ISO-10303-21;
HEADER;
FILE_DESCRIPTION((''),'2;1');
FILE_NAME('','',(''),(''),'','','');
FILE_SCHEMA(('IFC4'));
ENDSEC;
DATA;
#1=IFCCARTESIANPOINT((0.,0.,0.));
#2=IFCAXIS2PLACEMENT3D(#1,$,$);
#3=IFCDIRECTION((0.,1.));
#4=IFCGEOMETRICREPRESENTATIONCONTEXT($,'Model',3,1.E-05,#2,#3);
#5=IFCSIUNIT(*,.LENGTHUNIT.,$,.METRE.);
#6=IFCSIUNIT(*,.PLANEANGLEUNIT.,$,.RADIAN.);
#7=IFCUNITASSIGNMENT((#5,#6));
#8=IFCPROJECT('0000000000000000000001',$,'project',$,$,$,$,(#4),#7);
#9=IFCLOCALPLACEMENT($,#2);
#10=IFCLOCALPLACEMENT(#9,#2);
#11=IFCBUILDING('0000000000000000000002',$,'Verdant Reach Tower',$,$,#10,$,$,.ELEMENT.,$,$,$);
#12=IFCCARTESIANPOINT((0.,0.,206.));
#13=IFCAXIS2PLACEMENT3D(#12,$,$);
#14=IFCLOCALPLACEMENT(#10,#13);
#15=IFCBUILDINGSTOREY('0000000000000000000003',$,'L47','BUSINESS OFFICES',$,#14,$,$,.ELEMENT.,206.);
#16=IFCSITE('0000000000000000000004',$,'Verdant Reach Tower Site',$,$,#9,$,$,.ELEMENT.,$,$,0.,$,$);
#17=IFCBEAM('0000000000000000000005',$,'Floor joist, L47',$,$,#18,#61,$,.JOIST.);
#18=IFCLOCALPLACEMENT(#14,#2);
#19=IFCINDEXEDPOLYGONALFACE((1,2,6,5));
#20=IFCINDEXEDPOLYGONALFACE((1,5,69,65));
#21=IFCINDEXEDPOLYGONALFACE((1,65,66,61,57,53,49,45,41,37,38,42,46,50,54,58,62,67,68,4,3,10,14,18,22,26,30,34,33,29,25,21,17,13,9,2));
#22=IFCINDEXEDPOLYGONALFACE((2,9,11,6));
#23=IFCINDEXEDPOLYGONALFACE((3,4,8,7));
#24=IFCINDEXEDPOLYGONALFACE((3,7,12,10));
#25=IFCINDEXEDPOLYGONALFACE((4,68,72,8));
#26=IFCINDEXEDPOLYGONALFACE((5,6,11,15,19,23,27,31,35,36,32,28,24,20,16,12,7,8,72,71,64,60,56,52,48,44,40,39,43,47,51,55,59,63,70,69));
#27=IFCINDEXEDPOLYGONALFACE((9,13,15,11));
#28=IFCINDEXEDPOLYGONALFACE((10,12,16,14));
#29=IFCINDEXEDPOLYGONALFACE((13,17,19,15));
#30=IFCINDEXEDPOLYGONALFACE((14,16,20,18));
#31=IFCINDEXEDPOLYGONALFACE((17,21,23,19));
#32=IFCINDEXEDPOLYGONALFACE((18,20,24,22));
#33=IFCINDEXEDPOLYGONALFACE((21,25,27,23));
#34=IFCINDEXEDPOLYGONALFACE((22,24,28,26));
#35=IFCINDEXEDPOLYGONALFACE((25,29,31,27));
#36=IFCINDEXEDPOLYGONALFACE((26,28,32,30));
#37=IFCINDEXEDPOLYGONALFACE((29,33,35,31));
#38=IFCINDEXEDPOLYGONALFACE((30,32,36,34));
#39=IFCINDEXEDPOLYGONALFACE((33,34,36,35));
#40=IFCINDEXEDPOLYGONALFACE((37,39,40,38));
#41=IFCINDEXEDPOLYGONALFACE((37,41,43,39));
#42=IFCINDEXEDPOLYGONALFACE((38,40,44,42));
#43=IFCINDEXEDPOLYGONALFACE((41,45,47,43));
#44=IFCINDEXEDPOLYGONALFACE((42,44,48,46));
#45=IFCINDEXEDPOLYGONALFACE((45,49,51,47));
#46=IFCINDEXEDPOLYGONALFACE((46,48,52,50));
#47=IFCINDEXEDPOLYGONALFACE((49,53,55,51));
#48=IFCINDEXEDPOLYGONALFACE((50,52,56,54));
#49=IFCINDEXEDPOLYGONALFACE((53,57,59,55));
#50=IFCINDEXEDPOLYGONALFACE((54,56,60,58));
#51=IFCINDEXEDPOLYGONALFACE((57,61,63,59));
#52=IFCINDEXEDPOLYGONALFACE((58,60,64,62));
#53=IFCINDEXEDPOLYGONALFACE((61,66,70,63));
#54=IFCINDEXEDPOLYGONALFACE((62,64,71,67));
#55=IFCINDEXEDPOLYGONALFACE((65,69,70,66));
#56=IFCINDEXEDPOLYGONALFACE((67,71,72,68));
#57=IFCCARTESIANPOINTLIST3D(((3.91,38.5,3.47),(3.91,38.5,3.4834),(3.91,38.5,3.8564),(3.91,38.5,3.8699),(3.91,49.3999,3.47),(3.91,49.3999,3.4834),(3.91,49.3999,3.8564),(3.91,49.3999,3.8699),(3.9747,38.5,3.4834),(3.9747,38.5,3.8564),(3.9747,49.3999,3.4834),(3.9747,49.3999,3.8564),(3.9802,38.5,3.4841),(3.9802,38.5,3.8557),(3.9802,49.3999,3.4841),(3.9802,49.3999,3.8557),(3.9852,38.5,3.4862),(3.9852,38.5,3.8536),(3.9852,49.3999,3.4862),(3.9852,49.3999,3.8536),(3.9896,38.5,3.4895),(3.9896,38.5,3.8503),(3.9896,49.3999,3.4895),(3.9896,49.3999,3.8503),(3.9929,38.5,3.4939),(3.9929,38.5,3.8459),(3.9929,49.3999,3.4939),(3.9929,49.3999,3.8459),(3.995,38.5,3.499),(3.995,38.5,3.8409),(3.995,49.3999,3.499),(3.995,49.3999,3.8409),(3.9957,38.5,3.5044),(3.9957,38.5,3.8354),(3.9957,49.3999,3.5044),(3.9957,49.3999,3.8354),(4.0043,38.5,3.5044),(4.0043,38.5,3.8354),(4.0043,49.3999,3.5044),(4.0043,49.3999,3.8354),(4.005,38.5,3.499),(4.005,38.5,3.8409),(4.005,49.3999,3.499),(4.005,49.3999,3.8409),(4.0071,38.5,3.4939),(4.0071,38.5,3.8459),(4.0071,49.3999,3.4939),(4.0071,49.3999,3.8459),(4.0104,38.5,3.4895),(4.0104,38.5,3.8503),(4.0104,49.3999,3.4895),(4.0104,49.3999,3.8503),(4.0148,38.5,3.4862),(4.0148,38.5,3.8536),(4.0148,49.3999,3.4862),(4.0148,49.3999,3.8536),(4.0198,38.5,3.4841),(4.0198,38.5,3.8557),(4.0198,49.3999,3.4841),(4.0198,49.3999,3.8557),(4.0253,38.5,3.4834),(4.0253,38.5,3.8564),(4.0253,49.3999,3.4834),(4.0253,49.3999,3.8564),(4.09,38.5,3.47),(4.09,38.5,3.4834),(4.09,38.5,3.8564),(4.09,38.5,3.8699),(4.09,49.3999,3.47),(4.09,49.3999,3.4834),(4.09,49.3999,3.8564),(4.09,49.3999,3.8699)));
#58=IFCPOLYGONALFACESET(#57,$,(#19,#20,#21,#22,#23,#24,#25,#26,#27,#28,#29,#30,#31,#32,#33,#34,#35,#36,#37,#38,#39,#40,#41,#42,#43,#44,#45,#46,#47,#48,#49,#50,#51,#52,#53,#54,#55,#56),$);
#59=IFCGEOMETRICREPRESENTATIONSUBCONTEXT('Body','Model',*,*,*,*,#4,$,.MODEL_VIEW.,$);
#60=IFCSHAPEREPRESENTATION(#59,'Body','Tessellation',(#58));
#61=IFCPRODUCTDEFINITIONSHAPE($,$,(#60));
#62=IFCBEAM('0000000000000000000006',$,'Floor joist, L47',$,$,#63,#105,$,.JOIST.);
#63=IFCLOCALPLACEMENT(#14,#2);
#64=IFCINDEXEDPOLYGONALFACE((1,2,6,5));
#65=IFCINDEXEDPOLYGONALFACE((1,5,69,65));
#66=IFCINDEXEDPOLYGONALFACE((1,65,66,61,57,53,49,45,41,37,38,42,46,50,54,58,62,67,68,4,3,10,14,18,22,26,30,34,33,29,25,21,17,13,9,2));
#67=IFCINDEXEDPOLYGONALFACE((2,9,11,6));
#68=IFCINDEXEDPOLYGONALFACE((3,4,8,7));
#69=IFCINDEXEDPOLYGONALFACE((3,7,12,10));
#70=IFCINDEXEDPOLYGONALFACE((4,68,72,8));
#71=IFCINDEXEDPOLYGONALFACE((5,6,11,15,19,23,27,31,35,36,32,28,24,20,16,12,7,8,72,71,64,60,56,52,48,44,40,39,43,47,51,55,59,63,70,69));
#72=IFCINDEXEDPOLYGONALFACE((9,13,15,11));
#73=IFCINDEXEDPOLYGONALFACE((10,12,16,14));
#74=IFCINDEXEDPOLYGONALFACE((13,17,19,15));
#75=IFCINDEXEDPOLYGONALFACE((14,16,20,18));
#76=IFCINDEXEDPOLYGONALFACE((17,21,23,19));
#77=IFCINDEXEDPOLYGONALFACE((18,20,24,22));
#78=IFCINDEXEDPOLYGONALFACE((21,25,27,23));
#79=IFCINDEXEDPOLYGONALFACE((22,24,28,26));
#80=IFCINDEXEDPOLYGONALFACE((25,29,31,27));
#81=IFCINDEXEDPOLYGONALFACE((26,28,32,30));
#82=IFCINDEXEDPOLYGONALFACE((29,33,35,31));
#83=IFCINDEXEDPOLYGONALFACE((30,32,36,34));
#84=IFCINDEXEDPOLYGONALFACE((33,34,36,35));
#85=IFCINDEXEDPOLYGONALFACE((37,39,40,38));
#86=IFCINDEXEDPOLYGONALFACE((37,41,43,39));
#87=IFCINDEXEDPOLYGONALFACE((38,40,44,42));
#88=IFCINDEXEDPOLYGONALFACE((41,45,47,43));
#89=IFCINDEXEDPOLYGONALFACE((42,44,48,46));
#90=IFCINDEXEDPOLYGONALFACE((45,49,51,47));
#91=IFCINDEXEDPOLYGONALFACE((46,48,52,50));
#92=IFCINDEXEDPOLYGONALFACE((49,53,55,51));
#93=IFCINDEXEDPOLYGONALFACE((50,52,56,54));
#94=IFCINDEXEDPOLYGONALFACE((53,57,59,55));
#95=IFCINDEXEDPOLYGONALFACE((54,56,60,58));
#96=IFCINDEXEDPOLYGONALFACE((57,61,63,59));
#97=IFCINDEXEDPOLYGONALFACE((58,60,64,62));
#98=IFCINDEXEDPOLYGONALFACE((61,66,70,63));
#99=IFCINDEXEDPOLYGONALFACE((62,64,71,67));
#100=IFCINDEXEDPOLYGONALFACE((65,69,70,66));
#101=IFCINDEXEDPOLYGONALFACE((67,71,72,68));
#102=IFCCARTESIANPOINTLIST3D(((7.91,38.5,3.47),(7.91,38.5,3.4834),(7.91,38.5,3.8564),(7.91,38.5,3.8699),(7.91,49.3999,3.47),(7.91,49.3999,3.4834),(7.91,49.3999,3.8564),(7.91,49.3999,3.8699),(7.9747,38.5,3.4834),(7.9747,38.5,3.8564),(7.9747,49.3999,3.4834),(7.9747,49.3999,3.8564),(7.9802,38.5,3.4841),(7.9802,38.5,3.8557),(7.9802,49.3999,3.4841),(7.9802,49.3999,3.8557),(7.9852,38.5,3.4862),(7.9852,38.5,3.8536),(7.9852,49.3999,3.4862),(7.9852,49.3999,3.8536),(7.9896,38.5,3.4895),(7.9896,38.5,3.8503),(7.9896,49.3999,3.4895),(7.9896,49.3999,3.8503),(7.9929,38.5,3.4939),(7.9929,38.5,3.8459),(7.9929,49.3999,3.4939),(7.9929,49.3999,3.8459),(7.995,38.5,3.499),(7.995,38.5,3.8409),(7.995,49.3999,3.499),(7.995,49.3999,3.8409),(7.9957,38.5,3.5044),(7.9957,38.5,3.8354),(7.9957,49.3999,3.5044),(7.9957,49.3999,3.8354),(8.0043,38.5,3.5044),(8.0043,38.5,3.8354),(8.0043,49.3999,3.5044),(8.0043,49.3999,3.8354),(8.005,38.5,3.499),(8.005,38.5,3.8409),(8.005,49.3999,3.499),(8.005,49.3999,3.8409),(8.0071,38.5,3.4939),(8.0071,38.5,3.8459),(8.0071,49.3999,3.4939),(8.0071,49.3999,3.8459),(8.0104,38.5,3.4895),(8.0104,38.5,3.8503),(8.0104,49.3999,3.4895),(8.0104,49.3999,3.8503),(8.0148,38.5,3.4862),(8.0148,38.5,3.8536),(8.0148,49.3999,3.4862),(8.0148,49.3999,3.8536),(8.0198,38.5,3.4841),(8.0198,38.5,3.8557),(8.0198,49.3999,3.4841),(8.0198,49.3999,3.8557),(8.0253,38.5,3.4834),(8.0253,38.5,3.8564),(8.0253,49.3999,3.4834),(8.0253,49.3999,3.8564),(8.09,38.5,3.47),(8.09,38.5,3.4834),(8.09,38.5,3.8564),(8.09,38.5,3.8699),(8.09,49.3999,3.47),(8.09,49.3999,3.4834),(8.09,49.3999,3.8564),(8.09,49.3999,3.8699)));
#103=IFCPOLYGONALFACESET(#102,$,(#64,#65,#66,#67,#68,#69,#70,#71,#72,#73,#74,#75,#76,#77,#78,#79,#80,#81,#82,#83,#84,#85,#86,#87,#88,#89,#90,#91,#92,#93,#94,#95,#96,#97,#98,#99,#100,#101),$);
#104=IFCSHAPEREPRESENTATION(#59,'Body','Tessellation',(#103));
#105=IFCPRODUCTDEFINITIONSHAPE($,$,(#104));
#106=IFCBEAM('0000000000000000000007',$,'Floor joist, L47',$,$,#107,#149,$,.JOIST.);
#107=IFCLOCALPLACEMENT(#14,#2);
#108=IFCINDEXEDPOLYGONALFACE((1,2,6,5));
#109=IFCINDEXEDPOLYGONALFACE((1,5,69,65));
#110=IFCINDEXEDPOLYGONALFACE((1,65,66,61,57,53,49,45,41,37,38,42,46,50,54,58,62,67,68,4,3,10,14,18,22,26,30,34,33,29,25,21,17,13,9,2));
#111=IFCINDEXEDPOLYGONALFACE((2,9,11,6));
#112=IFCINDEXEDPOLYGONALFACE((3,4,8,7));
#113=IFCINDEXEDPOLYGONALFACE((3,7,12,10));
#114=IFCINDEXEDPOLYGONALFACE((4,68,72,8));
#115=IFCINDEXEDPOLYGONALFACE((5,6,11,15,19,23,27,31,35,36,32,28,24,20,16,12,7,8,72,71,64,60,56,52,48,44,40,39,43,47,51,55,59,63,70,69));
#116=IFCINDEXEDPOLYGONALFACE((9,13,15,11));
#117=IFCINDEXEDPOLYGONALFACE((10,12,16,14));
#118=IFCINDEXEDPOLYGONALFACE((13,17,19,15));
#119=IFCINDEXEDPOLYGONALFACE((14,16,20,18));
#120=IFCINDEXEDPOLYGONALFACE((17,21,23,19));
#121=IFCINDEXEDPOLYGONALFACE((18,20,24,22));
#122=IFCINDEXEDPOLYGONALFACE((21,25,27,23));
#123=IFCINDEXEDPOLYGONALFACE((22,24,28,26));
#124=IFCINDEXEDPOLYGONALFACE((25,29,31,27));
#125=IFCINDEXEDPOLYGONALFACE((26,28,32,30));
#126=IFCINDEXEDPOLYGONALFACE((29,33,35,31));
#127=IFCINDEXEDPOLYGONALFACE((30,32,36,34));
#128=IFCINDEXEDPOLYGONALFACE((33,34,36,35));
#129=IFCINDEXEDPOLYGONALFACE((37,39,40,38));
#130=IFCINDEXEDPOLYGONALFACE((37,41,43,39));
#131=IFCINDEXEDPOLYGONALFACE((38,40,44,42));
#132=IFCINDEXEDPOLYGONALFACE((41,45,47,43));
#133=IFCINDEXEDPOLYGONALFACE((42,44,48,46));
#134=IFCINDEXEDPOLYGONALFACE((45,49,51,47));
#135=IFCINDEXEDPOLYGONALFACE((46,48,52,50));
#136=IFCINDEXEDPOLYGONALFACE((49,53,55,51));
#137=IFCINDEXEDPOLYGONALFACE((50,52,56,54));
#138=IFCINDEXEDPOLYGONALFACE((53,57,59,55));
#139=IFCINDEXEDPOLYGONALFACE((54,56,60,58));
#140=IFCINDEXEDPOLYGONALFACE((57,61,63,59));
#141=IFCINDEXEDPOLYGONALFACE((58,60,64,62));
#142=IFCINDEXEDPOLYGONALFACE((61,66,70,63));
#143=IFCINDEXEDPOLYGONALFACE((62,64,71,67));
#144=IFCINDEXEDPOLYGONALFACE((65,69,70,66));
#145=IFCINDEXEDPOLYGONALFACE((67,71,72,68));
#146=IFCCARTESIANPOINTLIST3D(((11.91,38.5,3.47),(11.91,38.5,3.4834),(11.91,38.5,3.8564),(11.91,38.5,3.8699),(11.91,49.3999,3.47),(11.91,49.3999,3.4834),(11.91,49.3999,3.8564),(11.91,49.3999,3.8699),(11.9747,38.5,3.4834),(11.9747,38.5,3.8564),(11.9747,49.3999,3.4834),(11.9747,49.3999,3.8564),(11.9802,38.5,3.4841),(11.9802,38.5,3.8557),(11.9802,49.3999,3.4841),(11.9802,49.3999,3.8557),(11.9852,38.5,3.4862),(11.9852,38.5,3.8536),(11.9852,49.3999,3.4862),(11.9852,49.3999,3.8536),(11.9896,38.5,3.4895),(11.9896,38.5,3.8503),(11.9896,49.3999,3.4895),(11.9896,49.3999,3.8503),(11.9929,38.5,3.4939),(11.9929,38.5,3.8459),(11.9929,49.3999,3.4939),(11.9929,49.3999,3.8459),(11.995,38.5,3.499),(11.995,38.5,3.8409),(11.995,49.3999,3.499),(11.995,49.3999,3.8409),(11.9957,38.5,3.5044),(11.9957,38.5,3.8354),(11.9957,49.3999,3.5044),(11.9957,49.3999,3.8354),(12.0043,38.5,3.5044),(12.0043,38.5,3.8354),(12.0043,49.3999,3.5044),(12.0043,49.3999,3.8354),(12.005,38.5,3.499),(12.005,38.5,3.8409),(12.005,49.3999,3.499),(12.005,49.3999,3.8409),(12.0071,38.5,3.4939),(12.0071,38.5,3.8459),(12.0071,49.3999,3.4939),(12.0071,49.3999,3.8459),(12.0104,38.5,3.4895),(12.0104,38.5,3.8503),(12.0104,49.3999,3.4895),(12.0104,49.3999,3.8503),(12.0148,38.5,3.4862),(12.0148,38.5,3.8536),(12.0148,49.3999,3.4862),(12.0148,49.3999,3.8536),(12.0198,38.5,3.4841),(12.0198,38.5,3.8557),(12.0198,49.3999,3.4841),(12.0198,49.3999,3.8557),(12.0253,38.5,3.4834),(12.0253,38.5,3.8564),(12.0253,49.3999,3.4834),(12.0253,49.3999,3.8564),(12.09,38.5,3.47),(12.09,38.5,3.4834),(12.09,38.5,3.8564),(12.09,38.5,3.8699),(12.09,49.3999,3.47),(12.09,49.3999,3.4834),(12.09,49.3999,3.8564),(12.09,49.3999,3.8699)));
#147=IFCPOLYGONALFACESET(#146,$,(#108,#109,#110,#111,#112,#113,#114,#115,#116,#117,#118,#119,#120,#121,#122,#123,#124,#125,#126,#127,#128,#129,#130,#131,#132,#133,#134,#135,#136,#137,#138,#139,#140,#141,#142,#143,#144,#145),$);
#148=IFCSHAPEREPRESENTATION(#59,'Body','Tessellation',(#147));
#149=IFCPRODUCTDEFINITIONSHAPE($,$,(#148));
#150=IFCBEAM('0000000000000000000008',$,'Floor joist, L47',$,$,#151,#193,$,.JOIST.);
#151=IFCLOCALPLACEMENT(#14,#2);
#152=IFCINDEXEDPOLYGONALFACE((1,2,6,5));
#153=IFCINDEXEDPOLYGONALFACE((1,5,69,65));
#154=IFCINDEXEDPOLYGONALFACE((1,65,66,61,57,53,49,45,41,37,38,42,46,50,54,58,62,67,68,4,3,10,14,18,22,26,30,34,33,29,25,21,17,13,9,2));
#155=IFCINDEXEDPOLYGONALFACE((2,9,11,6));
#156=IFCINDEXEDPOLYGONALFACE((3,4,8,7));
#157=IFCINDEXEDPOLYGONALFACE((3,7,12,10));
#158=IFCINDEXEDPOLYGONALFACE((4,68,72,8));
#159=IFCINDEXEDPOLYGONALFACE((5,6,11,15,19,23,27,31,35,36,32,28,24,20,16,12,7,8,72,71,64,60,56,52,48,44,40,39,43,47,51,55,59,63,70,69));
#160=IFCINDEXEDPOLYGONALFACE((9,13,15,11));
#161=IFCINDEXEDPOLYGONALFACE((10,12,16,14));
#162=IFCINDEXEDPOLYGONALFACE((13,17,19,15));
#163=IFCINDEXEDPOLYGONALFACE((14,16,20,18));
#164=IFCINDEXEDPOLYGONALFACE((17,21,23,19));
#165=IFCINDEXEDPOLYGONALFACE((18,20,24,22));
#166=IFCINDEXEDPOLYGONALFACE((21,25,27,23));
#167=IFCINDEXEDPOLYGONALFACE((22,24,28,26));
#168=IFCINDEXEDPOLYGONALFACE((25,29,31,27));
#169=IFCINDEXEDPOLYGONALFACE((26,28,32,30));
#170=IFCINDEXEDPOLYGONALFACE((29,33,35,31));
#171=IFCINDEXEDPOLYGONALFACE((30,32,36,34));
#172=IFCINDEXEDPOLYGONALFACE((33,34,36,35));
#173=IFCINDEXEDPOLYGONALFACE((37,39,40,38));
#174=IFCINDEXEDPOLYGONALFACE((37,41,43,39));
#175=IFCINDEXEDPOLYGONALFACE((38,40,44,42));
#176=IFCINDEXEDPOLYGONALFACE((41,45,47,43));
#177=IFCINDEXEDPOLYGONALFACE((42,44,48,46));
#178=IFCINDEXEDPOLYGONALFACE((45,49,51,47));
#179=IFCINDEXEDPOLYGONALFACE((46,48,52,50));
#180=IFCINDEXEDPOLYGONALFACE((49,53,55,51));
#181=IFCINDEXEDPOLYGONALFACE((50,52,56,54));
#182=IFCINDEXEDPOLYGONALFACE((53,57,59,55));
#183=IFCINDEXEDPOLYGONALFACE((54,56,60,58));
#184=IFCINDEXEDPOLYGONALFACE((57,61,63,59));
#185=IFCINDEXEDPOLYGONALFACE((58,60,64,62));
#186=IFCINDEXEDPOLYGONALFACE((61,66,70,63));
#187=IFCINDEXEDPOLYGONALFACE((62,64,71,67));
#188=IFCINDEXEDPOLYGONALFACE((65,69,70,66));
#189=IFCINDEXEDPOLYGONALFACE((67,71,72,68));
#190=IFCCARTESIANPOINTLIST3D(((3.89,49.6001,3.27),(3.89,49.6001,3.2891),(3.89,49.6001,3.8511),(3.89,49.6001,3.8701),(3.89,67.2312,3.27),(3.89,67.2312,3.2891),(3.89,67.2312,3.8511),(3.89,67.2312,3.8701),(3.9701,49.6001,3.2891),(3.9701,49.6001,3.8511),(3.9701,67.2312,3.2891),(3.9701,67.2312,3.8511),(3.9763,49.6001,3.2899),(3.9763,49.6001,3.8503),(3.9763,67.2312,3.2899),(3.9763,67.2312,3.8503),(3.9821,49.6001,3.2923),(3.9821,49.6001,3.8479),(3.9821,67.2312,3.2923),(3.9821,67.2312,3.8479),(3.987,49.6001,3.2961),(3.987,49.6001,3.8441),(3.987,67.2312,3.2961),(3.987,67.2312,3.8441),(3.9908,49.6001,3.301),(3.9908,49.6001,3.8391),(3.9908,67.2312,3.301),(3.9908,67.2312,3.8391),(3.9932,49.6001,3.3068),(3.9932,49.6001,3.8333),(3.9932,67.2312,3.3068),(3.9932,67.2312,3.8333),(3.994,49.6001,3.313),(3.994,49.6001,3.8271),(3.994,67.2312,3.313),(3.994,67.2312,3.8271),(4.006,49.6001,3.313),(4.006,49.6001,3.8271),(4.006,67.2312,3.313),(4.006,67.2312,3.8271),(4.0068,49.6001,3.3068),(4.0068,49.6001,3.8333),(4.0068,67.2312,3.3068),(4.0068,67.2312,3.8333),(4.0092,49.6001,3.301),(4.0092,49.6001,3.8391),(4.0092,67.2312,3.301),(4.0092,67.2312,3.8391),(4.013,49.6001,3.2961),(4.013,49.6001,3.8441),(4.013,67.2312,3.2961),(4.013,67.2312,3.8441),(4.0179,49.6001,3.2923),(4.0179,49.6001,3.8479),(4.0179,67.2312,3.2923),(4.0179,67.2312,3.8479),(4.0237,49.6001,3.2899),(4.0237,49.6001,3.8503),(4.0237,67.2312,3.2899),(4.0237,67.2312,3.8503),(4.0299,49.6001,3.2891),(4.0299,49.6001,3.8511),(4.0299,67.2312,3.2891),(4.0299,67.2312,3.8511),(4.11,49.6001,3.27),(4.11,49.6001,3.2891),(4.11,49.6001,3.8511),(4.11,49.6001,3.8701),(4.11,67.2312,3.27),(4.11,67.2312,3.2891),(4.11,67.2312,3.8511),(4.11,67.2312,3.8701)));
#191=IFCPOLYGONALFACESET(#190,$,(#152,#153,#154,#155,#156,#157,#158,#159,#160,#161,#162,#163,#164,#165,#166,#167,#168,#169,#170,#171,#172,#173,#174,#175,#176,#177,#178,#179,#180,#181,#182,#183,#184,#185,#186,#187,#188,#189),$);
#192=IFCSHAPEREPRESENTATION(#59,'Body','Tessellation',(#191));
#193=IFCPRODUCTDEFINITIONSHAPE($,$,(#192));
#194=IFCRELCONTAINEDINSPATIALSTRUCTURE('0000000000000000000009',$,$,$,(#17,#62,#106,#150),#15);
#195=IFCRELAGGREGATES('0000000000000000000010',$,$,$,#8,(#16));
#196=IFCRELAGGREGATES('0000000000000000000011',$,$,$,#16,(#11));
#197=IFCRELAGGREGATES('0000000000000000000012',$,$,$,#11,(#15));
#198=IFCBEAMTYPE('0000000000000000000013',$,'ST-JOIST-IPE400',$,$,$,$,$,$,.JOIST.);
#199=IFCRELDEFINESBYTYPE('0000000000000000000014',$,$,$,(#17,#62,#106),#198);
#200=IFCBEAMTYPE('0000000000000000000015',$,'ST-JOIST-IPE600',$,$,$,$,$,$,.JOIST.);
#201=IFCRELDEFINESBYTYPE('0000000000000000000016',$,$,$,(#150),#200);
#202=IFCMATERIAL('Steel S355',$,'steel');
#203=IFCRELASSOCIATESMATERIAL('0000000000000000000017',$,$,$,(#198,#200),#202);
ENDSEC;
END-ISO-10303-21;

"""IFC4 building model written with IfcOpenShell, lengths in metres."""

from ifc_helpers import new_model, si_unit, direction, frame, origin, origin_2d, place, context, subcontext, project, spatial, i_section, extrude, material, material_profile, profile_set, type_object, element, save


model = new_model("IFC4")

# Units and contexts
model_context = context("Model", 3, precision=1e-05, world=origin(), true_north=direction((0.0, 1.0)))
body_context = subcontext(model_context, "Body", "Model", "MODEL_VIEW")
ifc_project = project(units=[si_unit("LENGTHUNIT", "METRE"), si_unit("PLANEANGLEUNIT", "RADIAN")], contexts=[model_context])

# Site, building, storey
site_placement = place(None, origin())
site = spatial("IfcSite", under=ifc_project, at=site_placement, Name="Verdant Reach Tower Site", CompositionType="ELEMENT", RefElevation=0.0)
building_placement = place(site_placement, origin())
building = spatial("IfcBuilding", under=site, at=building_placement, Name="Verdant Reach Tower", CompositionType="ELEMENT")
storey_placement = place(building_placement, frame((0.0, 0.0, 206.0)))
storey = spatial("IfcBuildingStorey", under=building, at=storey_placement, Name="L47", Description="BUSINESS OFFICES", CompositionType="ELEMENT", Elevation=206.0)

# Beams
ifc_material_1 = material(Name="Steel S355", Category="steel")
ifc_material_profile_1 = material_profile(ifc_material_1, i_section(OverallWidth=0.1799, OverallDepth=0.3999, WebThickness=0.0085, FlangeThickness=0.0134, FilletRadius=0.021, at=origin_2d()), Name="IPE 400")
ifc_profile_set_1 = profile_set([ifc_material_profile_1], Name="Steel S355")
beam_type_1 = type_object("IfcBeamType", Name="ST-JOIST-IPE400", PredefinedType="JOIST", material=ifc_profile_set_1)
for number, where, z_axis, x_axis, name in (
    (1, (4.0, 38.5, 3.6699), (0.0, 1.0, 0.0), (-1.0, 0.0, 0.0), "Floor joist, L47"),
    (2, (8.0, 38.5, 3.6699), (0.0, 1.0, 0.0), (-1.0, 0.0, 0.0), "Floor joist, L47"),
    (3, (12.0, 38.5, 3.6699), (0.0, 1.0, 0.0), (-1.0, 0.0, 0.0), "Floor joist, L47"),
):
    element("IfcBeam", number, at=place(storey_placement, frame(where, z_axis=z_axis, x_axis=x_axis)), inside=storey, type_object=beam_type_1, Name=name, PredefinedType="JOIST", context=body_context, shape_type="SweptSolid", body=[
        extrude(i_section(OverallWidth=0.1799, OverallDepth=0.3999, WebThickness=0.0085, FlangeThickness=0.0134, FilletRadius=0.021, at=origin_2d()), origin(), (0.0, 0.0, 1.0), 10.8999),
    ])
ifc_material_profile_2 = material_profile(ifc_material_1, i_section(OverallWidth=0.22, OverallDepth=0.6001, WebThickness=0.012, FlangeThickness=0.019, FilletRadius=0.0239, at=origin_2d()), Name="IPE 600")
ifc_profile_set_2 = profile_set([ifc_material_profile_2], Name="Steel S355")
beam_type_2 = type_object("IfcBeamType", Name="ST-JOIST-IPE600", PredefinedType="JOIST", material=ifc_profile_set_2)
beam_1_placement = place(storey_placement, frame((4.0, 49.6001, 3.5701), z_axis=(0.0, 1.0, 0.0), x_axis=(-1.0, 0.0, 0.0)))
element("IfcBeam", 4, at=beam_1_placement, inside=storey, type_object=beam_type_2, Name="Floor joist, L47", PredefinedType="JOIST", context=body_context, shape_type="SweptSolid", body=[
    extrude(i_section(OverallWidth=0.22, OverallDepth=0.6001, WebThickness=0.012, FlangeThickness=0.019, FilletRadius=0.0239, at=origin_2d()), origin(), (0.0, 0.0, 1.0), 17.6311),
])

save(model, "model.ifc")
